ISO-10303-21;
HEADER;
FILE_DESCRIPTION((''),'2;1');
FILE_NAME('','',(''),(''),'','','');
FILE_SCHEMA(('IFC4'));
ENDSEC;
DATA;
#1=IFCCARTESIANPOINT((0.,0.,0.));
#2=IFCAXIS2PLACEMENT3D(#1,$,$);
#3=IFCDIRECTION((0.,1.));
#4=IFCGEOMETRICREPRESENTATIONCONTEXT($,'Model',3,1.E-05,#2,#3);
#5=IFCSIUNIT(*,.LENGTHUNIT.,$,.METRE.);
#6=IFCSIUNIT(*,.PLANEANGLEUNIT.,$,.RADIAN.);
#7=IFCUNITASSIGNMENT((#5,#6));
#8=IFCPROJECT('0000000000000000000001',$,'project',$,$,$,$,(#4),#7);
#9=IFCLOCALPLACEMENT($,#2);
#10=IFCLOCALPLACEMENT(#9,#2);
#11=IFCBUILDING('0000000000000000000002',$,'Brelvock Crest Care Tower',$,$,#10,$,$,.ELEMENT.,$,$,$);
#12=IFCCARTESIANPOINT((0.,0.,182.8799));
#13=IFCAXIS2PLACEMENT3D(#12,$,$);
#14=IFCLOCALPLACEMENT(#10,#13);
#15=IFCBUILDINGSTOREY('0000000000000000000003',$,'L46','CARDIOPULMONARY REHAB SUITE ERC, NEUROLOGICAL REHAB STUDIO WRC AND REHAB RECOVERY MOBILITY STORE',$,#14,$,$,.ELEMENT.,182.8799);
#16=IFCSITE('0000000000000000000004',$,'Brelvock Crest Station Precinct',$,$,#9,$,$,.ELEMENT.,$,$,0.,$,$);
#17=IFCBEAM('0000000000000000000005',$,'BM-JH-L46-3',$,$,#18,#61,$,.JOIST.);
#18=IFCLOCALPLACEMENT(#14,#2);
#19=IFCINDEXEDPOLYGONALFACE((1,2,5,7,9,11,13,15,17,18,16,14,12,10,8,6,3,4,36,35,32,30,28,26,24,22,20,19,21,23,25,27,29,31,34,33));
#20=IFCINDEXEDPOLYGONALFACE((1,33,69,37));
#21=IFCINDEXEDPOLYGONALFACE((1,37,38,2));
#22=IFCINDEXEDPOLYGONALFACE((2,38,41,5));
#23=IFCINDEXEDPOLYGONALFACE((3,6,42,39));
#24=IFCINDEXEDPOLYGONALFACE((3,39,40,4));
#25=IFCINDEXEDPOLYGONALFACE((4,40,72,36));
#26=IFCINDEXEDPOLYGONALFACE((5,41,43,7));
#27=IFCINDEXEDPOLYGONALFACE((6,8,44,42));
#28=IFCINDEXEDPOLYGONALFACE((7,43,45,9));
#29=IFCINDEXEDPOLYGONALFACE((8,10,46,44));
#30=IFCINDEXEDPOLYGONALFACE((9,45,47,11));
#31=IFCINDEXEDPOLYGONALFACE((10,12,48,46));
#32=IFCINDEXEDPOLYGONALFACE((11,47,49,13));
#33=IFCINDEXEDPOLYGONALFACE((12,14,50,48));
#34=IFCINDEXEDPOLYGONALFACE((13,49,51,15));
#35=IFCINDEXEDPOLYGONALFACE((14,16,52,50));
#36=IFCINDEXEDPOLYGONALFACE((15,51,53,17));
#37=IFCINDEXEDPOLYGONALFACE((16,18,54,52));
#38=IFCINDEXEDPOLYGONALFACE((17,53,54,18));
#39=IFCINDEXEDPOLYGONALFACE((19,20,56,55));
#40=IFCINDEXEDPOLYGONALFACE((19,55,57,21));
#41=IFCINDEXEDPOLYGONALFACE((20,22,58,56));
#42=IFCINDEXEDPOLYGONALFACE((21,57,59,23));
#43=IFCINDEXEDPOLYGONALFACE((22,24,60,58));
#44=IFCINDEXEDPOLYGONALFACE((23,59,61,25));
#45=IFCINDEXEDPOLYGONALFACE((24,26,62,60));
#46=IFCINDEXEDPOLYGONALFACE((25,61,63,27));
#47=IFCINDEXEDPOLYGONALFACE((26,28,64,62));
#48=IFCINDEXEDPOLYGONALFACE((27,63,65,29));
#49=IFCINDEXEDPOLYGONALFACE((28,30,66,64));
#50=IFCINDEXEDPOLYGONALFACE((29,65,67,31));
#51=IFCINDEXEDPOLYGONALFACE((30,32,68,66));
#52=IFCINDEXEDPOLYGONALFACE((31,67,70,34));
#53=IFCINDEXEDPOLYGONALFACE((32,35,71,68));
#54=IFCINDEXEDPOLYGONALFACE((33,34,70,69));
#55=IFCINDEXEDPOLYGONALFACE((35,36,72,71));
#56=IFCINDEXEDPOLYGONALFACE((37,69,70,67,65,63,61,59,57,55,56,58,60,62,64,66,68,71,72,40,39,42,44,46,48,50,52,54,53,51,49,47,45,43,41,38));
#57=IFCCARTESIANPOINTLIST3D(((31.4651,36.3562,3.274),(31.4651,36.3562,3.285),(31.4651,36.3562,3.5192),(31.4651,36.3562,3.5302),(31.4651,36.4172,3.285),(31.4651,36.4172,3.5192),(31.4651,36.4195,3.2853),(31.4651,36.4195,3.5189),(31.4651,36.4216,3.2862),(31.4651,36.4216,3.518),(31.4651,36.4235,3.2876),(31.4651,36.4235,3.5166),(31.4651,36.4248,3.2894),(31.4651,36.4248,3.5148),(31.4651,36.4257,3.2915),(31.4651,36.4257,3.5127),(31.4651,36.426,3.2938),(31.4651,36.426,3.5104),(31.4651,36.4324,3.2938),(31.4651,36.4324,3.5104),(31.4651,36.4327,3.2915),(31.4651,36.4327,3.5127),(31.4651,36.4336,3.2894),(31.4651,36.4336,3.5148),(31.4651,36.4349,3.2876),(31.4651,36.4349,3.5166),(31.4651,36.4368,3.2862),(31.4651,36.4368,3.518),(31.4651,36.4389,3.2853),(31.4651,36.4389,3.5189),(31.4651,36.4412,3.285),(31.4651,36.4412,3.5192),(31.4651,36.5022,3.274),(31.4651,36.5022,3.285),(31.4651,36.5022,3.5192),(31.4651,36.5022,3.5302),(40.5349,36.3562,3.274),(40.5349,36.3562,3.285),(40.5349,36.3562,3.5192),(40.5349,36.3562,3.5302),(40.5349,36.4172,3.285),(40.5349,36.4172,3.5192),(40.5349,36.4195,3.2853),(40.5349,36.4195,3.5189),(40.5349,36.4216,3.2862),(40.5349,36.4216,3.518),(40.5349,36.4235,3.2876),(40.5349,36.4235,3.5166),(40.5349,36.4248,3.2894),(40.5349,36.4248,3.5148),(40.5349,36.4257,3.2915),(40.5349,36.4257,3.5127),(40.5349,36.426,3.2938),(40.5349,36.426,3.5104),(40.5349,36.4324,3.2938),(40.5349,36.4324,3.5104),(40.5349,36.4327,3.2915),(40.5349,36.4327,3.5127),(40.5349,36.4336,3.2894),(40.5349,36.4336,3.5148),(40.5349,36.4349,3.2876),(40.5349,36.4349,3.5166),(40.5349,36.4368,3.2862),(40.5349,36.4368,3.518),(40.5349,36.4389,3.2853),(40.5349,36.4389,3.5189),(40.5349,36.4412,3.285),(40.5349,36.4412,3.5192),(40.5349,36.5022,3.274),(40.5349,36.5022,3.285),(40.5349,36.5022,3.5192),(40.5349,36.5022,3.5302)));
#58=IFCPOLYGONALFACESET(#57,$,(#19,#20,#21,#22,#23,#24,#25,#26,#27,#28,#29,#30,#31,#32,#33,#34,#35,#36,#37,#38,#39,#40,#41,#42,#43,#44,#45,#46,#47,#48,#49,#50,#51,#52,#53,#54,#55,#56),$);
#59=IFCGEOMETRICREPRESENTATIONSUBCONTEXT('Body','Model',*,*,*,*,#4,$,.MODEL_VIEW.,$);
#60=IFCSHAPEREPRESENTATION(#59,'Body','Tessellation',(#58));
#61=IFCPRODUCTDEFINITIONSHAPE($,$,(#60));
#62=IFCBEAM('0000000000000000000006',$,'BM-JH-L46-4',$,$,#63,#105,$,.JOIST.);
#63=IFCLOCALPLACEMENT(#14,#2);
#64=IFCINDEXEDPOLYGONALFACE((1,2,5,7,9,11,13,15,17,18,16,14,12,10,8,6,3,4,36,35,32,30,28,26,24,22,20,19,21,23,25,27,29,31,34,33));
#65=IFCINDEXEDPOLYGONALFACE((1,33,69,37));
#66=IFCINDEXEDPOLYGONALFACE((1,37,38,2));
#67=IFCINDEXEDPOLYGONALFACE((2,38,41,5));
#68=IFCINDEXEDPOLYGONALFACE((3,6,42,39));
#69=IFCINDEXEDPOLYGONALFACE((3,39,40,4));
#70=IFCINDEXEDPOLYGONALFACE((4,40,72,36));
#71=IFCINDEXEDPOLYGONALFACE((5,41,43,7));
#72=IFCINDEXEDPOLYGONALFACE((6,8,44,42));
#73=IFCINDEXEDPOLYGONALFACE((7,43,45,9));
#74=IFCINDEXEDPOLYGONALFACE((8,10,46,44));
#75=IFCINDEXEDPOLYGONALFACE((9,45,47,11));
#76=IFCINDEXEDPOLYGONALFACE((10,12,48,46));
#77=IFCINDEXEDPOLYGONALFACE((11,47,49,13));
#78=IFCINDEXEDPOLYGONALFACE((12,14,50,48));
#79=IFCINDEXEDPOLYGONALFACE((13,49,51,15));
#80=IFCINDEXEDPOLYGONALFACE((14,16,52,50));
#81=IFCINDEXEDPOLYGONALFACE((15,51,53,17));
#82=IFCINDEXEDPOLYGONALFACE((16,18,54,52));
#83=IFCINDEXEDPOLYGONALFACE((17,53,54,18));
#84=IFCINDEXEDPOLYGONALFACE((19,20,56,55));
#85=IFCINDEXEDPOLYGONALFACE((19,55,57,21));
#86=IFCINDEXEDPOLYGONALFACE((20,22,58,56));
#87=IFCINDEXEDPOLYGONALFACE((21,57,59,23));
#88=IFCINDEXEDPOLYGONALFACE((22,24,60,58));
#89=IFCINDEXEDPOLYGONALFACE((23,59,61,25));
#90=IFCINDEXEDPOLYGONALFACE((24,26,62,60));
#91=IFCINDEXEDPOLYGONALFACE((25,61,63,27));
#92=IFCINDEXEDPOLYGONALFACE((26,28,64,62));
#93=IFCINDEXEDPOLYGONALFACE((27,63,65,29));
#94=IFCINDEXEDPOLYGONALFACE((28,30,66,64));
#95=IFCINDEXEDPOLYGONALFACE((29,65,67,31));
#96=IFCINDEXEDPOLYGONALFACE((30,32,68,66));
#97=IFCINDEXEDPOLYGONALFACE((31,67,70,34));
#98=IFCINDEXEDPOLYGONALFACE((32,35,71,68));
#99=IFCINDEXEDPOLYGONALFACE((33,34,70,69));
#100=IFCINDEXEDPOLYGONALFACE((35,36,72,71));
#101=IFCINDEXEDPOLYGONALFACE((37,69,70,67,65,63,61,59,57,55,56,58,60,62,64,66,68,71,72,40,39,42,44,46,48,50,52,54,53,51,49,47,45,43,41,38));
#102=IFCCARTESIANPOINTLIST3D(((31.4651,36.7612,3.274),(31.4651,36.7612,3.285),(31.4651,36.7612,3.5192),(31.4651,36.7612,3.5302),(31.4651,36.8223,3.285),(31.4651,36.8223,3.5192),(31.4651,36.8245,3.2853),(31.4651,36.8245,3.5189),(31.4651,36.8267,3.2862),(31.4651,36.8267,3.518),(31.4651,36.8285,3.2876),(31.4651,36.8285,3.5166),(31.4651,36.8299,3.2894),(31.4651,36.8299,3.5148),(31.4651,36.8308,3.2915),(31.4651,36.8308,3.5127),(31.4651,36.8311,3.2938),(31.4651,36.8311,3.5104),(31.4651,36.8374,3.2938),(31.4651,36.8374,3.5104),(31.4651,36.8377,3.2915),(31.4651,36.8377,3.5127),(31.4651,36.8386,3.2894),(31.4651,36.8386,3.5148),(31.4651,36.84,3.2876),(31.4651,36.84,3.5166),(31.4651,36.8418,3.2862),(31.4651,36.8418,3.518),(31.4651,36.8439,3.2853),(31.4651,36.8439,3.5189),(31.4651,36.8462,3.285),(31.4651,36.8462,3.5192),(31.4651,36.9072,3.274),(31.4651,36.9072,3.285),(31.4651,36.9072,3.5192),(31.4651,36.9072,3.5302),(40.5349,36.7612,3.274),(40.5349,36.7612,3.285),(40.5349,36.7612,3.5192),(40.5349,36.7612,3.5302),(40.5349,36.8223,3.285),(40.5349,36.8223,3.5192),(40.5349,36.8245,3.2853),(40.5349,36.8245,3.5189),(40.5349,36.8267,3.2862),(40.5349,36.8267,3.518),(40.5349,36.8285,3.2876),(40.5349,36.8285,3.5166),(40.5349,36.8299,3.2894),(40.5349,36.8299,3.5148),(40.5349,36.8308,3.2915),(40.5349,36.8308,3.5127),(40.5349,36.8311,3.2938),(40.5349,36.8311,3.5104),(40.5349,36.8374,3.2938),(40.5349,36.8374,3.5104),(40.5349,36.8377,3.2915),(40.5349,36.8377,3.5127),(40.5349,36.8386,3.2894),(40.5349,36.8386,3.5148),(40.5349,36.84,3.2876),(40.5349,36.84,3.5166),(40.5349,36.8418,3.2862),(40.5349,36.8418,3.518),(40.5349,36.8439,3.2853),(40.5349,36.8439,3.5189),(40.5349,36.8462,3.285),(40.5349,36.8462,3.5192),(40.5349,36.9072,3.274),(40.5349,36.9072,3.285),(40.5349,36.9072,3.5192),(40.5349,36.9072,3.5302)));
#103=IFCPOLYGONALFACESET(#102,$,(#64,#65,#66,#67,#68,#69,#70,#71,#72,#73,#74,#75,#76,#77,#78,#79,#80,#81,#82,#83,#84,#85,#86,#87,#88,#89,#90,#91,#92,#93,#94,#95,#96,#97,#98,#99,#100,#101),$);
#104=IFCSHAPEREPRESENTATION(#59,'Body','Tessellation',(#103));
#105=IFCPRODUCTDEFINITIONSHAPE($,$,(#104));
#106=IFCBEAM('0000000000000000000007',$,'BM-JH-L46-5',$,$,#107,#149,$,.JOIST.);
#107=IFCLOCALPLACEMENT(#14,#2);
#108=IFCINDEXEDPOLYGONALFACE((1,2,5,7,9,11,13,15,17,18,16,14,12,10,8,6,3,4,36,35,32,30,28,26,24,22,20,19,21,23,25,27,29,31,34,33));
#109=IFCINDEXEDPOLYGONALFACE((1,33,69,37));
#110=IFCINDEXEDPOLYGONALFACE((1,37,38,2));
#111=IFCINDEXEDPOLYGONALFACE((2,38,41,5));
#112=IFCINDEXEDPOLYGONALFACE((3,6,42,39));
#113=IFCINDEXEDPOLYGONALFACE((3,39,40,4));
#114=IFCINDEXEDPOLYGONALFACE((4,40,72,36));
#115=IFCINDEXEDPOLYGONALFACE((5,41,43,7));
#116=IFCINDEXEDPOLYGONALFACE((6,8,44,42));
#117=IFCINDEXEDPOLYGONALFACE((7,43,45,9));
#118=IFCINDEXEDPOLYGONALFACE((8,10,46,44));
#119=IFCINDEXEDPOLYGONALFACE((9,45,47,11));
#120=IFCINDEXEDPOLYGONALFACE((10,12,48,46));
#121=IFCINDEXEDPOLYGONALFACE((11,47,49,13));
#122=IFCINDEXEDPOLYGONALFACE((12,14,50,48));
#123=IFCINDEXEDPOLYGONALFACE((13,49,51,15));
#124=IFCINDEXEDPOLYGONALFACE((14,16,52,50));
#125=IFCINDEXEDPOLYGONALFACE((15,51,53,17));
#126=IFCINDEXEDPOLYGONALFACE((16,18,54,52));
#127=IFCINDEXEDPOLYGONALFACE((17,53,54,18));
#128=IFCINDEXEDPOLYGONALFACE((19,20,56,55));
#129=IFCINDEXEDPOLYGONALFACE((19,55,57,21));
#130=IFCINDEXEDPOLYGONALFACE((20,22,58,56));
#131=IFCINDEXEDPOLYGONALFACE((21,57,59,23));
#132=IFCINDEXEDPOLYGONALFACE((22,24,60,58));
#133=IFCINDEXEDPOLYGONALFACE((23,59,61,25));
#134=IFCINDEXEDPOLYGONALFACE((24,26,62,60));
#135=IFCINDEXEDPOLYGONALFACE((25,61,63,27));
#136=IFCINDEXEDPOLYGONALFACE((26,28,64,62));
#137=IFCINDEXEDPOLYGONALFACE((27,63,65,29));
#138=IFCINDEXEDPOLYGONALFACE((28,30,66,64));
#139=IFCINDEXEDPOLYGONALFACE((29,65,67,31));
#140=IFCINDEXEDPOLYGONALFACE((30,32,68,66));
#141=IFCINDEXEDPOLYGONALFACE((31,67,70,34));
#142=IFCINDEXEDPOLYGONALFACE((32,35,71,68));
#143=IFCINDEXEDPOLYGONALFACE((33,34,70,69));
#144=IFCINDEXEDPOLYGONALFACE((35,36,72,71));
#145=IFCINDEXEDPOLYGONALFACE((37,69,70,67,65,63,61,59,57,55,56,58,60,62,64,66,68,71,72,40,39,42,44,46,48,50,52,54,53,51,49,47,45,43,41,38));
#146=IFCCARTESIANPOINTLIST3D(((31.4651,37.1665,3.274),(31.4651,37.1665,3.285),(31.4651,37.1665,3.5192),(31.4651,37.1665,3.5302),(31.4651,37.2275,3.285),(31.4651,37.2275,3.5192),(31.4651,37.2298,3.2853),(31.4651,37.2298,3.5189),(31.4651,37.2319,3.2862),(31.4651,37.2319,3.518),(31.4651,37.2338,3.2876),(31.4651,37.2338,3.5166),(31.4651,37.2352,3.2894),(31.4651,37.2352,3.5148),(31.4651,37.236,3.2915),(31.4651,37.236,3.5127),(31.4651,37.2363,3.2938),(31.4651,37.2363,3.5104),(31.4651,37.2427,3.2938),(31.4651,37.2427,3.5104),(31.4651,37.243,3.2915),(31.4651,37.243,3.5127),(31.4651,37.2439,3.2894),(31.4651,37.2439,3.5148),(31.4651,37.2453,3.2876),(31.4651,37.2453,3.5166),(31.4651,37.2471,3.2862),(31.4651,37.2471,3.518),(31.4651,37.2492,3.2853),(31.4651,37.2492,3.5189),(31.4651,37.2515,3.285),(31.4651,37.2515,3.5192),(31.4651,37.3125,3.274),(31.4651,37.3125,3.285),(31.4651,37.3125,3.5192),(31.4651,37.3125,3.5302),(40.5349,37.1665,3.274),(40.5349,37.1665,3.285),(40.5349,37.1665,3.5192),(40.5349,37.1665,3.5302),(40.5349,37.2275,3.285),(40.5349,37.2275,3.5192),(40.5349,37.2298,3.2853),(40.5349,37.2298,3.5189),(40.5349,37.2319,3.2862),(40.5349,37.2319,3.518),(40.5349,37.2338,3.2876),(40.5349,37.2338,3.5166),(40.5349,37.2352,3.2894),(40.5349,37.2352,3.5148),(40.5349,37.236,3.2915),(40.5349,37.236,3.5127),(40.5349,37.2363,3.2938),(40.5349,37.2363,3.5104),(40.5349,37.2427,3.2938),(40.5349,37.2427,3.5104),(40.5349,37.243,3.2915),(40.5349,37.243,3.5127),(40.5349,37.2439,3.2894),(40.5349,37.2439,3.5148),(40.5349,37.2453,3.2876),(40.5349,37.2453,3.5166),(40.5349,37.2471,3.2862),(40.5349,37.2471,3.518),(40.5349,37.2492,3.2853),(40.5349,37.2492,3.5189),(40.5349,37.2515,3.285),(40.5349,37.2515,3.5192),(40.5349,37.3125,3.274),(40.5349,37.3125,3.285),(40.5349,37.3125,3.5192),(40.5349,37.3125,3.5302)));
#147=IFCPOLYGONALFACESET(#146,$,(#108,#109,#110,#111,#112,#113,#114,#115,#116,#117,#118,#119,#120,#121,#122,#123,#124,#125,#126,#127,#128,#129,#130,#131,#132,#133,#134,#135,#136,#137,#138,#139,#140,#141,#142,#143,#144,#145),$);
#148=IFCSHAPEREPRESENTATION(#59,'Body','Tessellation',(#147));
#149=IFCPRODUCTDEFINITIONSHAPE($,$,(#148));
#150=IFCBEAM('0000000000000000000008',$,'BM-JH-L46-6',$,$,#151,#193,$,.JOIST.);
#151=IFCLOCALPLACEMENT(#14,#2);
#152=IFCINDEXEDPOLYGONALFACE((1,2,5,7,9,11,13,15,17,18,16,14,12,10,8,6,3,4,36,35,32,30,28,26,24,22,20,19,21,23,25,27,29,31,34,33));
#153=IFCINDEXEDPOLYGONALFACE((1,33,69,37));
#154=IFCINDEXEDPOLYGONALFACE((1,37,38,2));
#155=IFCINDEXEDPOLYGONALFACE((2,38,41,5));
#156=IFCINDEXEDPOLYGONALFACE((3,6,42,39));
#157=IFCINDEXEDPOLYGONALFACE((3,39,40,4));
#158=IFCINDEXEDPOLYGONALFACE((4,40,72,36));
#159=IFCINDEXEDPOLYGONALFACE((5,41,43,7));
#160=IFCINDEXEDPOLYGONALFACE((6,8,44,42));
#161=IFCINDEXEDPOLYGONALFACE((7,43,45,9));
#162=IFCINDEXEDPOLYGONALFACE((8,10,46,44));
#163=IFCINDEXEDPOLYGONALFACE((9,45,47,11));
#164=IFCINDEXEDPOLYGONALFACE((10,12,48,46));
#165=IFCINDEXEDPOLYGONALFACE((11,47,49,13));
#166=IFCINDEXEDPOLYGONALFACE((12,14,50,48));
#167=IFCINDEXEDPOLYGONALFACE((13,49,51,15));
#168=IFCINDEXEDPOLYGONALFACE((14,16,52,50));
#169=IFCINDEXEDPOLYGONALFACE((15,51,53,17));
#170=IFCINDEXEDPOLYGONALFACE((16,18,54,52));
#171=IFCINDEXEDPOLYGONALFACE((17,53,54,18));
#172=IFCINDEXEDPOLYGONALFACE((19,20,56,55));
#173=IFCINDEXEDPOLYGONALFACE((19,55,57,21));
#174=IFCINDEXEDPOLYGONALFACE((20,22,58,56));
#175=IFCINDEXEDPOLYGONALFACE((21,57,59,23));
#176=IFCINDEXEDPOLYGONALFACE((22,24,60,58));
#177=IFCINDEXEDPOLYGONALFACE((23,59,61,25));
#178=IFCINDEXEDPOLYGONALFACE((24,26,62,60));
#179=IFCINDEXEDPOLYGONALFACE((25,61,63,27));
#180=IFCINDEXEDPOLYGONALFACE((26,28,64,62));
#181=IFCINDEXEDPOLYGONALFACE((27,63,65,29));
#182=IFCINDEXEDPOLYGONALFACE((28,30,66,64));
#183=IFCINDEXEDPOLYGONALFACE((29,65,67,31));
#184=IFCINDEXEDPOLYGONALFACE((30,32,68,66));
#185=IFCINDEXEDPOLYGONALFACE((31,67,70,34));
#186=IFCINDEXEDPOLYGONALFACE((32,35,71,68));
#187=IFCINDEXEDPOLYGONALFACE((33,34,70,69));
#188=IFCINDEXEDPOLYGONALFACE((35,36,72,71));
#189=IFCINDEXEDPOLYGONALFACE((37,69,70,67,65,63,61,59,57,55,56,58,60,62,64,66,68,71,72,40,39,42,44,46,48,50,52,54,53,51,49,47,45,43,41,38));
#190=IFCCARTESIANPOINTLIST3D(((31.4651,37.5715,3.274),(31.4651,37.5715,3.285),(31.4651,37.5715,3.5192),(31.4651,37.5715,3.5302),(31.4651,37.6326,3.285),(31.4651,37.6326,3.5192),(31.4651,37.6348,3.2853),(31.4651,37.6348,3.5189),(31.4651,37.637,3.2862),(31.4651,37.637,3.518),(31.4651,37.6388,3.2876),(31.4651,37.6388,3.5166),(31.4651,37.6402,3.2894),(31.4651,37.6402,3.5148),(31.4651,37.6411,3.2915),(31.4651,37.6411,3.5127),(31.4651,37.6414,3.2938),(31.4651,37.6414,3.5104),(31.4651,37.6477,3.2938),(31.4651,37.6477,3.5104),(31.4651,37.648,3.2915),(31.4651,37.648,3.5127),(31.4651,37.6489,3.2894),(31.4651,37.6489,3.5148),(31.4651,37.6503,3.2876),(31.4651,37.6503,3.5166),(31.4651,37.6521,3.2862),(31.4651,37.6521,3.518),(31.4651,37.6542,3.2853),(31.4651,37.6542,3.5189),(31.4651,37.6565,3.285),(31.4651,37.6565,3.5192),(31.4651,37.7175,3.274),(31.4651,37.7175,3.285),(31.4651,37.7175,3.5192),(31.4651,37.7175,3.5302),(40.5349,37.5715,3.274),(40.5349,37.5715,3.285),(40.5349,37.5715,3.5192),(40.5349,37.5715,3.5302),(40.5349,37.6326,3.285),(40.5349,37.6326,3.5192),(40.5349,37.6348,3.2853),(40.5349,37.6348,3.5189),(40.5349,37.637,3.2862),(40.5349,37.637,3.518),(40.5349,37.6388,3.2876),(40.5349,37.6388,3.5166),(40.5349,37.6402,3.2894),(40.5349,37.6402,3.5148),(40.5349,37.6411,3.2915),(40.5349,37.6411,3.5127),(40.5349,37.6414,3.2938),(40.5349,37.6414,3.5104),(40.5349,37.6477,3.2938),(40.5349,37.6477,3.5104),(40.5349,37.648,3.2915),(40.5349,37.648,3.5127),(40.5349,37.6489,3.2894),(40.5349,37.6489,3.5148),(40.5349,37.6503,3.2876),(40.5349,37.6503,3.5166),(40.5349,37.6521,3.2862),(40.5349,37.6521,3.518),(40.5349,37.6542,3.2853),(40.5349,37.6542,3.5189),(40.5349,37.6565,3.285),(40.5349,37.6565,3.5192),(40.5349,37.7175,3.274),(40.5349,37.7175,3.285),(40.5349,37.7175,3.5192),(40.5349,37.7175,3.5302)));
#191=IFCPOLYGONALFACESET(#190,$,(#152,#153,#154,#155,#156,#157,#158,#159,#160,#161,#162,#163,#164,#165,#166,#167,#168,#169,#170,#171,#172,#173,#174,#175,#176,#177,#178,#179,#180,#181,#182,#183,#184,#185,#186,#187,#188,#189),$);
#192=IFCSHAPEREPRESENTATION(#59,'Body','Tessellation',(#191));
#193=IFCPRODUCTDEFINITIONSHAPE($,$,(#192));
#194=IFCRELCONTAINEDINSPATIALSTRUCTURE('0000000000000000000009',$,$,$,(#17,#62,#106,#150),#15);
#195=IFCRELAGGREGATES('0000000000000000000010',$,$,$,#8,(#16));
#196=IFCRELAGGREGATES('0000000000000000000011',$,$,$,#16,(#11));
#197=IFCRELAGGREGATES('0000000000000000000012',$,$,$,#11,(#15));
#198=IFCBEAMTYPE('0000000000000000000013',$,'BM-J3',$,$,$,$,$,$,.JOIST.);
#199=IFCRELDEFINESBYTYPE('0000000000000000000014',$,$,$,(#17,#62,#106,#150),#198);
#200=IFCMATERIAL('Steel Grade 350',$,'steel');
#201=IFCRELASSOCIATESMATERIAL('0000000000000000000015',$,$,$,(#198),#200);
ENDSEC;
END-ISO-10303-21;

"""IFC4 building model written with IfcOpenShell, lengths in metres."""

from ifc_helpers import new_model, si_unit, direction, frame, origin, origin_2d, place, context, subcontext, project, spatial, i_section, extrude, source, transform, mapped, material, material_profile, profile_set, type_object, element, save


model = new_model("IFC4")

# Units and contexts
model_context = context("Model", 3, precision=1e-05, world=origin(), true_north=direction((0.0, 1.0)))
body_context = subcontext(model_context, "Body", "Model", "MODEL_VIEW")
ifc_project = project(units=[si_unit("LENGTHUNIT", "METRE"), si_unit("PLANEANGLEUNIT", "RADIAN")], contexts=[model_context])

# Site, building, storey
site_placement = place(None, origin())
site = spatial("IfcSite", under=ifc_project, at=site_placement, Name="Brelvock Crest Station Precinct", CompositionType="ELEMENT", RefElevation=0.0)
building_placement = place(site_placement, origin())
building = spatial("IfcBuilding", under=site, at=building_placement, Name="Brelvock Crest Care Tower", CompositionType="ELEMENT")
storey_placement = place(building_placement, frame((0.0, 0.0, 182.8799)))
storey = spatial("IfcBuildingStorey", under=building, at=storey_placement, Name="L46", Description="CARDIOPULMONARY REHAB SUITE ERC, NEUROLOGICAL REHAB STUDIO WRC AND REHAB RECOVERY MOBILITY STORE", CompositionType="ELEMENT", Elevation=182.8799)

# Beams
ifc_material_1 = material(Name="Steel Grade 350", Category="steel")
ifc_material_profile_1 = material_profile(ifc_material_1, i_section(OverallWidth=0.146, OverallDepth=0.2561, WebThickness=0.0063, FlangeThickness=0.011, FilletRadius=0.0088, at=origin_2d()), Name="250UB37.3")
ifc_profile_set_1 = profile_set([ifc_material_profile_1], Name="Steel Grade 350")
beam_type_1 = type_object("IfcBeamType", Name="BM-J3", PredefinedType="JOIST", material=ifc_profile_set_1)
shared_shape_1 = source(origin(), body_context, "Body", "SweptSolid", [
    extrude(i_section(OverallWidth=0.146, OverallDepth=0.2561, WebThickness=0.0063, FlangeThickness=0.011, FilletRadius=0.0088, at=origin_2d()), origin(), (0.0, 0.0, 1.0), 9.0698),
])
for number, where, z_axis, x_axis, name in (
    (1, (31.4651, 36.4292, 3.4021), (1.0, 0.0, 0.0), (0.0, 1.0, 0.0), "BM-JH-L46-3"),
    (2, (31.4651, 36.8342, 3.4021), (1.0, 0.0, 0.0), (0.0, 1.0, 0.0), "BM-JH-L46-4"),
    (3, (31.4651, 37.2395, 3.4021), (1.0, 0.0, 0.0), (0.0, 1.0, 0.0), "BM-JH-L46-5"),
    (4, (31.4651, 37.6445, 3.4021), (1.0, 0.0, 0.0), (0.0, 1.0, 0.0), "BM-JH-L46-6"),
):
    element("IfcBeam", number, at=place(storey_placement, frame(where, z_axis=z_axis, x_axis=x_axis)), inside=storey, type_object=beam_type_1, Name=name, PredefinedType="JOIST", context=body_context, shape_type="MappedRepresentation", body=[
        mapped(shared_shape_1, transform((0.0, 0.0, 0.0), x_axis=(1.0, 0.0, 0.0), y_axis=(0.0, 1.0, 0.0), z_axis=(0.0, 0.0, 1.0), scale=1.0)),
    ])

save(model, "model.ifc")
